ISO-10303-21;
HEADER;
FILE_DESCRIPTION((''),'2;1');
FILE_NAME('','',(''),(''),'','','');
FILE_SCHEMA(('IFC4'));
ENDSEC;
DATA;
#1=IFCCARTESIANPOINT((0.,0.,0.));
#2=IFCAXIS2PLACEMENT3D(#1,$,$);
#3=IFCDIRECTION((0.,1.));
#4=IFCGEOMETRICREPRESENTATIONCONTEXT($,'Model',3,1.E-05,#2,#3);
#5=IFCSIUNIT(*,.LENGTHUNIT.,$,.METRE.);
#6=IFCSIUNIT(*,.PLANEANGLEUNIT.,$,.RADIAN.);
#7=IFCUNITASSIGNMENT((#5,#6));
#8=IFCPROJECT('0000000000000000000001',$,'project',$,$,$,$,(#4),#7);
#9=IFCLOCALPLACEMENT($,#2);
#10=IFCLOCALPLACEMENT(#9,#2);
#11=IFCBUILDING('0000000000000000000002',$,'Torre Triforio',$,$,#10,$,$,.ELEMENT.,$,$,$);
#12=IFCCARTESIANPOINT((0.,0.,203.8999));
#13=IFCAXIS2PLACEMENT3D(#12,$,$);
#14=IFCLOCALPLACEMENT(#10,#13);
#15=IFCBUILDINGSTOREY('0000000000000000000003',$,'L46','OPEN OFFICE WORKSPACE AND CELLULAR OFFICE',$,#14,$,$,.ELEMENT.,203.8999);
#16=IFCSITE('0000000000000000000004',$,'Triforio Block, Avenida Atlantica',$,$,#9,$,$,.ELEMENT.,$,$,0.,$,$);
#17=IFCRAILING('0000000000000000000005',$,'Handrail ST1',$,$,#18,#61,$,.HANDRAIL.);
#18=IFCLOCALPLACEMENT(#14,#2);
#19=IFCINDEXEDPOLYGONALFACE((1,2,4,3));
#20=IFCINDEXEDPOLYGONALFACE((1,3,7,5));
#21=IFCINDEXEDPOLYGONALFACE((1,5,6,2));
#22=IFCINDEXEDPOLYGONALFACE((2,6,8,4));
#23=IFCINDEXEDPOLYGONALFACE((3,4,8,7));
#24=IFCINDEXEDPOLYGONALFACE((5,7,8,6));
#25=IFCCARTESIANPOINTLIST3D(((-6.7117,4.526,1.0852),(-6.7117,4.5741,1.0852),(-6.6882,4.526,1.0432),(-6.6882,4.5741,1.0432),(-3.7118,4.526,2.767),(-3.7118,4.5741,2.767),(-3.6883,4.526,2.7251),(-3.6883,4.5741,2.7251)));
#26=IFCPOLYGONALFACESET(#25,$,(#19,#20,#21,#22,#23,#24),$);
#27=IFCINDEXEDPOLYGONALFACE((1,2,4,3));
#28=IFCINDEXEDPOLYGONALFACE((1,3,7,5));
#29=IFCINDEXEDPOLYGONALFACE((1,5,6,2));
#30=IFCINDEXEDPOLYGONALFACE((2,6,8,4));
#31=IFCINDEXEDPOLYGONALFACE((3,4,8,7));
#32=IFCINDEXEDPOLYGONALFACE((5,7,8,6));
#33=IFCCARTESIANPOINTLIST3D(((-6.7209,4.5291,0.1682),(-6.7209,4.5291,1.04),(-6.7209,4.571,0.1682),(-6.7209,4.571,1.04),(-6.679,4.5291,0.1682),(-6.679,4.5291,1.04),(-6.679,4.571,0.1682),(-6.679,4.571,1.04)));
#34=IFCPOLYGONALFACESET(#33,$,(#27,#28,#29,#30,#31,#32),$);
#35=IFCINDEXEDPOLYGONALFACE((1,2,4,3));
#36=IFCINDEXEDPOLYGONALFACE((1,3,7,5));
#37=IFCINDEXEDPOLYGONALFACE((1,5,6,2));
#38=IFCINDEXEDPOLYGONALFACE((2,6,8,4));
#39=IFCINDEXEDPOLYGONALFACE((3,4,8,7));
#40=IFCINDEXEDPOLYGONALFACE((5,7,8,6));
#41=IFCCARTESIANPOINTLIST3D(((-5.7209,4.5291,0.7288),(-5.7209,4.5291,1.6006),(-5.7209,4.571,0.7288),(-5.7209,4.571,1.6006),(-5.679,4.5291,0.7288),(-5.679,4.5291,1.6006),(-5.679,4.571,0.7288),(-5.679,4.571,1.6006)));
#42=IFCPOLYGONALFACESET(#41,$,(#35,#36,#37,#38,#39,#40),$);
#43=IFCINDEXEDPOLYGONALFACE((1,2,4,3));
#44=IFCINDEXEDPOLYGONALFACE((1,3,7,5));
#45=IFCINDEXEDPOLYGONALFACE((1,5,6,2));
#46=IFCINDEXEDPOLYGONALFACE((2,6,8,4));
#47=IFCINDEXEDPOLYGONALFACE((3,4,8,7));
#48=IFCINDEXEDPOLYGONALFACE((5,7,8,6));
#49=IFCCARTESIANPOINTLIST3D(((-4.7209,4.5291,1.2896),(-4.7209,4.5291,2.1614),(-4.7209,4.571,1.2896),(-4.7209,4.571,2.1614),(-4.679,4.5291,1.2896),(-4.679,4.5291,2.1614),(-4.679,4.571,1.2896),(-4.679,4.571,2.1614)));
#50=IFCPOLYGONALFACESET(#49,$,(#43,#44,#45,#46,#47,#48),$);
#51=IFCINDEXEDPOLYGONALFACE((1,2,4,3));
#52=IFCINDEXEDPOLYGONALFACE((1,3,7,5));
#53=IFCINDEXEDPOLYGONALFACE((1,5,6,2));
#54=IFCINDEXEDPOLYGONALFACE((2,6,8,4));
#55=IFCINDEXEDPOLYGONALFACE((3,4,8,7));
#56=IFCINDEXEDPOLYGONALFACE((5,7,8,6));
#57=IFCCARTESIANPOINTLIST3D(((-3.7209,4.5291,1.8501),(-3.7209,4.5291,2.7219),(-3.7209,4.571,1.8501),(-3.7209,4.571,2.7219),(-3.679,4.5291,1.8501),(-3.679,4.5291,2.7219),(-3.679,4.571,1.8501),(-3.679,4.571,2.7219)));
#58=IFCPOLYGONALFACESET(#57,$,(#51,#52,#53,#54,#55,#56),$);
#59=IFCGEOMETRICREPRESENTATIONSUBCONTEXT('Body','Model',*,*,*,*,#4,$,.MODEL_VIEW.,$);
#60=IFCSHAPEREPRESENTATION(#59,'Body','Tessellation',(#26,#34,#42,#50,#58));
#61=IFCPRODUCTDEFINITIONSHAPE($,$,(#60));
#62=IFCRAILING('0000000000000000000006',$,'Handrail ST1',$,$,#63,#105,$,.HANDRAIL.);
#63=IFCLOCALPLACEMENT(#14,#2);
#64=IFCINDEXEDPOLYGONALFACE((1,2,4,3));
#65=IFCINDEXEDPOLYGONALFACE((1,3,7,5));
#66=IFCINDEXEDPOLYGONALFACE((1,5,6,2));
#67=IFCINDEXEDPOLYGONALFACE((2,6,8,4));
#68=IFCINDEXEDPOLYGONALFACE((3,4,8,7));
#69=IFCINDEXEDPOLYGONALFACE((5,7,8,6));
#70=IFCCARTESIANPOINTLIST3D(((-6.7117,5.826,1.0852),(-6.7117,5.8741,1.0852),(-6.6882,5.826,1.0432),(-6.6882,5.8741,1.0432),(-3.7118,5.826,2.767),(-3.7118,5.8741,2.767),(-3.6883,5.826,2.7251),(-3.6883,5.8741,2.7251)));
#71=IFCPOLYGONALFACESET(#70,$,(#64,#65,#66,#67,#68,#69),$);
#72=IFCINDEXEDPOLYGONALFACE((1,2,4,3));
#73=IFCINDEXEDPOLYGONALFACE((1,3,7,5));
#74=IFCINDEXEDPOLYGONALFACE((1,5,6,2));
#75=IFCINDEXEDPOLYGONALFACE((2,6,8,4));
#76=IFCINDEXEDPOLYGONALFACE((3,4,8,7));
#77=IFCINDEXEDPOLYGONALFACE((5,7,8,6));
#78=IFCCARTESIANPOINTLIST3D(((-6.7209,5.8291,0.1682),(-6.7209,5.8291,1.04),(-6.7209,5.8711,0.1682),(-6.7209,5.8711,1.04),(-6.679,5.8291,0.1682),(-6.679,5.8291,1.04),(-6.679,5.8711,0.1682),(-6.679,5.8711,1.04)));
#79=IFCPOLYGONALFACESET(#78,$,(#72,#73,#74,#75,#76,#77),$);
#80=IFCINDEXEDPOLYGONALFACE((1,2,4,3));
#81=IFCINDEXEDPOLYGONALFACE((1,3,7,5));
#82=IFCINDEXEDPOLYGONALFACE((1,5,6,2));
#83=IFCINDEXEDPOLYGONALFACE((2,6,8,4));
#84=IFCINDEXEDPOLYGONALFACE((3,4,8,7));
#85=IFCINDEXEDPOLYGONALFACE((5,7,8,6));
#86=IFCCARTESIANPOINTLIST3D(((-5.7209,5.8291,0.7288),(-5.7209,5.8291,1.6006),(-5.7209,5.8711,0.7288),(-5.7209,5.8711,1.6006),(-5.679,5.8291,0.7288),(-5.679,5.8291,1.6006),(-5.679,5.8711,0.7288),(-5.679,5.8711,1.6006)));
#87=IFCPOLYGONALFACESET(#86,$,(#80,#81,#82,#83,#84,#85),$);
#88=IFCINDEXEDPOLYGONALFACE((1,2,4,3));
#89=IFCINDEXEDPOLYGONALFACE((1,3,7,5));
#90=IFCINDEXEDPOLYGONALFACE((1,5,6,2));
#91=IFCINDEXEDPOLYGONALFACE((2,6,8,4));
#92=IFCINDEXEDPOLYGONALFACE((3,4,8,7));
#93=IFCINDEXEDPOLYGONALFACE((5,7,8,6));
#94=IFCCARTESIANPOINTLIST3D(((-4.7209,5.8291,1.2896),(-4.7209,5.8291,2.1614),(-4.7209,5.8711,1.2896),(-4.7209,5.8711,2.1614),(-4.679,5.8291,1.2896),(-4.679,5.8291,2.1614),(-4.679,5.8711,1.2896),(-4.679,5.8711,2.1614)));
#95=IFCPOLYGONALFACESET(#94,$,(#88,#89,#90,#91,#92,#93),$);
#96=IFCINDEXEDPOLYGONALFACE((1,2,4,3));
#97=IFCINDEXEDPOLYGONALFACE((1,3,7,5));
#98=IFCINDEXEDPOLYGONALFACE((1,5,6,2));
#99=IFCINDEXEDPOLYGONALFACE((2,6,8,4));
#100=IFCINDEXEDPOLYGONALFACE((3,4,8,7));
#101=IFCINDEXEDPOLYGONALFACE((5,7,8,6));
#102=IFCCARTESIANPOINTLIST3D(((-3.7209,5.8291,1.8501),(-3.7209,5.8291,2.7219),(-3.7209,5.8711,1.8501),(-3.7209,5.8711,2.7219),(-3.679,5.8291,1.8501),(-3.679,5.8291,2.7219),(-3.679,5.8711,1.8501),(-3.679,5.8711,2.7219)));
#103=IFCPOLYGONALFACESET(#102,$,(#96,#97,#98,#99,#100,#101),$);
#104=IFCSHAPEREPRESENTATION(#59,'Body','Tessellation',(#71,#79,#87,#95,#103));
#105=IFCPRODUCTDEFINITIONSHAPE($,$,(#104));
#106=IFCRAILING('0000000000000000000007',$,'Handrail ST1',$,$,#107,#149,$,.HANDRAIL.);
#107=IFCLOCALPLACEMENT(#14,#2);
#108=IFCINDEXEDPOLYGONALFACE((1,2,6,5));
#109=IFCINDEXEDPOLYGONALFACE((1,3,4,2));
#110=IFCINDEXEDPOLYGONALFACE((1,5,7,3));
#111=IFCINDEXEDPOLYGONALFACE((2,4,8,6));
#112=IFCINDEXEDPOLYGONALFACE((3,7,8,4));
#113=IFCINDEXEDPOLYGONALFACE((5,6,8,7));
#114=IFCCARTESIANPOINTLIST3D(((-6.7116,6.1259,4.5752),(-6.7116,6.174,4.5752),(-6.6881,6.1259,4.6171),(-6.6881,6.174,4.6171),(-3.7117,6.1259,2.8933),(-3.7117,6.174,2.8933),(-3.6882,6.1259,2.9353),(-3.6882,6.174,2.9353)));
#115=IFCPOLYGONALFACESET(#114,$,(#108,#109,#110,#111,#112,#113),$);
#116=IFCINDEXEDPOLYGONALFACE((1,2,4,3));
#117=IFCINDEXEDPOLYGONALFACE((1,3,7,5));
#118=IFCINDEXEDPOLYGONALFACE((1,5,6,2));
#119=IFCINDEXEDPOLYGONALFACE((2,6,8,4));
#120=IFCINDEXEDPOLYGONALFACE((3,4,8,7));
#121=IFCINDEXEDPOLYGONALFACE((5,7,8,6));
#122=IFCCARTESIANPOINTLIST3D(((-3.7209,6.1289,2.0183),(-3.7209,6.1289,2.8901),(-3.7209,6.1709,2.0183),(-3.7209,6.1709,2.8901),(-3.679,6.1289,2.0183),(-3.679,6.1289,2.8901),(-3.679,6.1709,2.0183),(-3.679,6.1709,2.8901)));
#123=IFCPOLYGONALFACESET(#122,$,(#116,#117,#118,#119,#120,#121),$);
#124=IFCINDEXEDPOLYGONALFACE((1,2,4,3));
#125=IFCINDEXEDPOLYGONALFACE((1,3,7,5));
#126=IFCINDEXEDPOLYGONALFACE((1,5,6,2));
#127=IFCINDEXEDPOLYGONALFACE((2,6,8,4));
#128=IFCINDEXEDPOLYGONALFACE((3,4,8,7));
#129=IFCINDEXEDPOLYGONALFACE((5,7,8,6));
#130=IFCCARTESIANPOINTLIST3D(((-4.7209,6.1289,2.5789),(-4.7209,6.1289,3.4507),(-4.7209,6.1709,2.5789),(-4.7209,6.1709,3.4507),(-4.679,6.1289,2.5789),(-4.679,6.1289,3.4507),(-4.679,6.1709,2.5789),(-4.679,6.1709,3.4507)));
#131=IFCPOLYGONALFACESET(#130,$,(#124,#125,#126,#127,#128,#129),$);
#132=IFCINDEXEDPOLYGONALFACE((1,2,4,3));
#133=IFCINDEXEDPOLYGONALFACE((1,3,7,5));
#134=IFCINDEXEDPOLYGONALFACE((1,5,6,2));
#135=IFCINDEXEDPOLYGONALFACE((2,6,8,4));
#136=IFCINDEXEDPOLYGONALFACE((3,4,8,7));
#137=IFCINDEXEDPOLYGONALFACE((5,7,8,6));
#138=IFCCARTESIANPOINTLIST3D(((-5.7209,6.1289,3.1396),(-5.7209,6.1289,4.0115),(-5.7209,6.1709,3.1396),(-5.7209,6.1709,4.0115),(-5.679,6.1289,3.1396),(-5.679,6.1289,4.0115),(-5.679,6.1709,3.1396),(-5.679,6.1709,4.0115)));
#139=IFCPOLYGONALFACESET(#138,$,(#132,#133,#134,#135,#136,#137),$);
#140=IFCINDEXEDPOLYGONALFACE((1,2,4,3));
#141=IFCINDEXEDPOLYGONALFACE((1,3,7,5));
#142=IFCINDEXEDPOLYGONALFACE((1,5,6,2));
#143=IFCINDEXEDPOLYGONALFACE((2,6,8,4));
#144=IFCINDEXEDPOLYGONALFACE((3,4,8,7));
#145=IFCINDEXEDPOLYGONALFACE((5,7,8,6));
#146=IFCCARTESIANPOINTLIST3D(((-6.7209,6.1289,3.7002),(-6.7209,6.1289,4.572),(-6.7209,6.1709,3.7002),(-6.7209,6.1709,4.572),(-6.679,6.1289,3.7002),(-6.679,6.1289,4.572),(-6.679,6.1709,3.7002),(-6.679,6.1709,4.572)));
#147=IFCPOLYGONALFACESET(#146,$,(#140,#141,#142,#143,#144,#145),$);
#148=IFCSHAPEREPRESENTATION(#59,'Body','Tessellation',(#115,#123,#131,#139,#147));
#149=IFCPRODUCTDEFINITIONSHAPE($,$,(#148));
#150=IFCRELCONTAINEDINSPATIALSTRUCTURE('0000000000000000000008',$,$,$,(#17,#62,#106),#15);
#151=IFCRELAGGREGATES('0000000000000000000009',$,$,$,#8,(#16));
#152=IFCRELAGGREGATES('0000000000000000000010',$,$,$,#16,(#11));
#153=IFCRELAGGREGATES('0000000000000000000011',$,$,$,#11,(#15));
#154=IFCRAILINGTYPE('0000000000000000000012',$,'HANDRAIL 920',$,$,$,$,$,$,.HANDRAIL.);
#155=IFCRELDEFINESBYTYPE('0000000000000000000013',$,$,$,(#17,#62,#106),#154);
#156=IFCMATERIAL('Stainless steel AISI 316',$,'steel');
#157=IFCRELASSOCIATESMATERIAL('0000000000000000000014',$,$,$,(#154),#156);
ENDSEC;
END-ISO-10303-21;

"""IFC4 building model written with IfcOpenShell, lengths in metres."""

from ifc_helpers import new_model, si_unit, direction, frame, origin, origin_2d, place, context, subcontext, project, spatial, rectangle, extrude, material, type_object, element, save


model = new_model("IFC4")

# Units and contexts
model_context = context("Model", 3, precision=1e-05, world=origin(), true_north=direction((0.0, 1.0)))
body_context = subcontext(model_context, "Body", "Model", "MODEL_VIEW")
ifc_project = project(units=[si_unit("LENGTHUNIT", "METRE"), si_unit("PLANEANGLEUNIT", "RADIAN")], contexts=[model_context])

# Site, building, storey
site_placement = place(None, origin())
site = spatial("IfcSite", under=ifc_project, at=site_placement, Name="Triforio Block, Avenida Atlantica", CompositionType="ELEMENT", RefElevation=0.0)
building_placement = place(site_placement, origin())
building = spatial("IfcBuilding", under=site, at=building_placement, Name="Torre Triforio", CompositionType="ELEMENT")
storey_placement = place(building_placement, frame((0.0, 0.0, 203.8999)))
storey = spatial("IfcBuildingStorey", under=building, at=storey_placement, Name="L46", Description="OPEN OFFICE WORKSPACE AND CELLULAR OFFICE", CompositionType="ELEMENT", Elevation=203.8999)

# Railings
ifc_material_1 = material(Name="Stainless steel AISI 316", Category="steel")
railing_type = type_object("IfcRailingType", Name="HANDRAIL 920", PredefinedType="HANDRAIL", material=ifc_material_1)
for number, where, name in (
    (1, (-6.7, 4.55, 0.1682), "Handrail ST1"),
    (2, (-6.7, 5.8501, 0.1682), "Handrail ST1"),
):
    element("IfcRailing", number, at=place(storey_placement, frame(where)), inside=storey, type_object=railing_type, Name=name, PredefinedType="HANDRAIL", context=body_context, shape_type="SweptSolid", body=[
        extrude(rectangle(XDim=0.0481, YDim=0.0481, at=origin_2d()), frame((0.0, 0.0, 0.896), z_axis=(0.872272, 0.0, 0.48902), x_axis=(0.0, 1.0, 0.0)), (0.0, 0.0, 1.0), 3.4392),
        extrude(rectangle(XDim=0.042, YDim=0.042, at=origin_2d()), origin(), (0.0, 0.0, 1.0), 0.8718),
        extrude(rectangle(XDim=0.042, YDim=0.042, at=origin_2d()), frame((1.0, 0.0, 0.5605)), (0.0, 0.0, 1.0), 0.8718),
        extrude(rectangle(XDim=0.042, YDim=0.042, at=origin_2d()), frame((2.0, 0.0, 1.1213)), (0.0, 0.0, 1.0), 0.8718),
        extrude(rectangle(XDim=0.042, YDim=0.042, at=origin_2d()), frame((3.0, 0.0, 1.6819)), (0.0, 0.0, 1.0), 0.8718),
    ])
railing_placement = place(storey_placement, frame((-3.7, 6.1499, 2.0183)))
element("IfcRailing", 3, at=railing_placement, inside=storey, type_object=railing_type, Name="Handrail ST1", PredefinedType="HANDRAIL", context=body_context, shape_type="SweptSolid", body=[
    extrude(rectangle(XDim=0.0481, YDim=0.0481, at=origin_2d()), frame((0.0, 0.0, 0.896), z_axis=(-0.872272, 0.0, 0.48902), x_axis=(0.0, -1.0, 0.0)), (0.0, 0.0, 1.0), 3.4392),
    extrude(rectangle(XDim=0.042, YDim=0.042, at=origin_2d()), origin(), (0.0, 0.0, 1.0), 0.8718),
    extrude(rectangle(XDim=0.042, YDim=0.042, at=origin_2d()), frame((-1.0, 0.0, 0.5605)), (0.0, 0.0, 1.0), 0.8718),
    extrude(rectangle(XDim=0.042, YDim=0.042, at=origin_2d()), frame((-2.0, 0.0, 1.1213)), (0.0, 0.0, 1.0), 0.8718),
    extrude(rectangle(XDim=0.042, YDim=0.042, at=origin_2d()), frame((-3.0, 0.0, 1.6819)), (0.0, 0.0, 1.0), 0.8718),
])

save(model, "model.ifc")
